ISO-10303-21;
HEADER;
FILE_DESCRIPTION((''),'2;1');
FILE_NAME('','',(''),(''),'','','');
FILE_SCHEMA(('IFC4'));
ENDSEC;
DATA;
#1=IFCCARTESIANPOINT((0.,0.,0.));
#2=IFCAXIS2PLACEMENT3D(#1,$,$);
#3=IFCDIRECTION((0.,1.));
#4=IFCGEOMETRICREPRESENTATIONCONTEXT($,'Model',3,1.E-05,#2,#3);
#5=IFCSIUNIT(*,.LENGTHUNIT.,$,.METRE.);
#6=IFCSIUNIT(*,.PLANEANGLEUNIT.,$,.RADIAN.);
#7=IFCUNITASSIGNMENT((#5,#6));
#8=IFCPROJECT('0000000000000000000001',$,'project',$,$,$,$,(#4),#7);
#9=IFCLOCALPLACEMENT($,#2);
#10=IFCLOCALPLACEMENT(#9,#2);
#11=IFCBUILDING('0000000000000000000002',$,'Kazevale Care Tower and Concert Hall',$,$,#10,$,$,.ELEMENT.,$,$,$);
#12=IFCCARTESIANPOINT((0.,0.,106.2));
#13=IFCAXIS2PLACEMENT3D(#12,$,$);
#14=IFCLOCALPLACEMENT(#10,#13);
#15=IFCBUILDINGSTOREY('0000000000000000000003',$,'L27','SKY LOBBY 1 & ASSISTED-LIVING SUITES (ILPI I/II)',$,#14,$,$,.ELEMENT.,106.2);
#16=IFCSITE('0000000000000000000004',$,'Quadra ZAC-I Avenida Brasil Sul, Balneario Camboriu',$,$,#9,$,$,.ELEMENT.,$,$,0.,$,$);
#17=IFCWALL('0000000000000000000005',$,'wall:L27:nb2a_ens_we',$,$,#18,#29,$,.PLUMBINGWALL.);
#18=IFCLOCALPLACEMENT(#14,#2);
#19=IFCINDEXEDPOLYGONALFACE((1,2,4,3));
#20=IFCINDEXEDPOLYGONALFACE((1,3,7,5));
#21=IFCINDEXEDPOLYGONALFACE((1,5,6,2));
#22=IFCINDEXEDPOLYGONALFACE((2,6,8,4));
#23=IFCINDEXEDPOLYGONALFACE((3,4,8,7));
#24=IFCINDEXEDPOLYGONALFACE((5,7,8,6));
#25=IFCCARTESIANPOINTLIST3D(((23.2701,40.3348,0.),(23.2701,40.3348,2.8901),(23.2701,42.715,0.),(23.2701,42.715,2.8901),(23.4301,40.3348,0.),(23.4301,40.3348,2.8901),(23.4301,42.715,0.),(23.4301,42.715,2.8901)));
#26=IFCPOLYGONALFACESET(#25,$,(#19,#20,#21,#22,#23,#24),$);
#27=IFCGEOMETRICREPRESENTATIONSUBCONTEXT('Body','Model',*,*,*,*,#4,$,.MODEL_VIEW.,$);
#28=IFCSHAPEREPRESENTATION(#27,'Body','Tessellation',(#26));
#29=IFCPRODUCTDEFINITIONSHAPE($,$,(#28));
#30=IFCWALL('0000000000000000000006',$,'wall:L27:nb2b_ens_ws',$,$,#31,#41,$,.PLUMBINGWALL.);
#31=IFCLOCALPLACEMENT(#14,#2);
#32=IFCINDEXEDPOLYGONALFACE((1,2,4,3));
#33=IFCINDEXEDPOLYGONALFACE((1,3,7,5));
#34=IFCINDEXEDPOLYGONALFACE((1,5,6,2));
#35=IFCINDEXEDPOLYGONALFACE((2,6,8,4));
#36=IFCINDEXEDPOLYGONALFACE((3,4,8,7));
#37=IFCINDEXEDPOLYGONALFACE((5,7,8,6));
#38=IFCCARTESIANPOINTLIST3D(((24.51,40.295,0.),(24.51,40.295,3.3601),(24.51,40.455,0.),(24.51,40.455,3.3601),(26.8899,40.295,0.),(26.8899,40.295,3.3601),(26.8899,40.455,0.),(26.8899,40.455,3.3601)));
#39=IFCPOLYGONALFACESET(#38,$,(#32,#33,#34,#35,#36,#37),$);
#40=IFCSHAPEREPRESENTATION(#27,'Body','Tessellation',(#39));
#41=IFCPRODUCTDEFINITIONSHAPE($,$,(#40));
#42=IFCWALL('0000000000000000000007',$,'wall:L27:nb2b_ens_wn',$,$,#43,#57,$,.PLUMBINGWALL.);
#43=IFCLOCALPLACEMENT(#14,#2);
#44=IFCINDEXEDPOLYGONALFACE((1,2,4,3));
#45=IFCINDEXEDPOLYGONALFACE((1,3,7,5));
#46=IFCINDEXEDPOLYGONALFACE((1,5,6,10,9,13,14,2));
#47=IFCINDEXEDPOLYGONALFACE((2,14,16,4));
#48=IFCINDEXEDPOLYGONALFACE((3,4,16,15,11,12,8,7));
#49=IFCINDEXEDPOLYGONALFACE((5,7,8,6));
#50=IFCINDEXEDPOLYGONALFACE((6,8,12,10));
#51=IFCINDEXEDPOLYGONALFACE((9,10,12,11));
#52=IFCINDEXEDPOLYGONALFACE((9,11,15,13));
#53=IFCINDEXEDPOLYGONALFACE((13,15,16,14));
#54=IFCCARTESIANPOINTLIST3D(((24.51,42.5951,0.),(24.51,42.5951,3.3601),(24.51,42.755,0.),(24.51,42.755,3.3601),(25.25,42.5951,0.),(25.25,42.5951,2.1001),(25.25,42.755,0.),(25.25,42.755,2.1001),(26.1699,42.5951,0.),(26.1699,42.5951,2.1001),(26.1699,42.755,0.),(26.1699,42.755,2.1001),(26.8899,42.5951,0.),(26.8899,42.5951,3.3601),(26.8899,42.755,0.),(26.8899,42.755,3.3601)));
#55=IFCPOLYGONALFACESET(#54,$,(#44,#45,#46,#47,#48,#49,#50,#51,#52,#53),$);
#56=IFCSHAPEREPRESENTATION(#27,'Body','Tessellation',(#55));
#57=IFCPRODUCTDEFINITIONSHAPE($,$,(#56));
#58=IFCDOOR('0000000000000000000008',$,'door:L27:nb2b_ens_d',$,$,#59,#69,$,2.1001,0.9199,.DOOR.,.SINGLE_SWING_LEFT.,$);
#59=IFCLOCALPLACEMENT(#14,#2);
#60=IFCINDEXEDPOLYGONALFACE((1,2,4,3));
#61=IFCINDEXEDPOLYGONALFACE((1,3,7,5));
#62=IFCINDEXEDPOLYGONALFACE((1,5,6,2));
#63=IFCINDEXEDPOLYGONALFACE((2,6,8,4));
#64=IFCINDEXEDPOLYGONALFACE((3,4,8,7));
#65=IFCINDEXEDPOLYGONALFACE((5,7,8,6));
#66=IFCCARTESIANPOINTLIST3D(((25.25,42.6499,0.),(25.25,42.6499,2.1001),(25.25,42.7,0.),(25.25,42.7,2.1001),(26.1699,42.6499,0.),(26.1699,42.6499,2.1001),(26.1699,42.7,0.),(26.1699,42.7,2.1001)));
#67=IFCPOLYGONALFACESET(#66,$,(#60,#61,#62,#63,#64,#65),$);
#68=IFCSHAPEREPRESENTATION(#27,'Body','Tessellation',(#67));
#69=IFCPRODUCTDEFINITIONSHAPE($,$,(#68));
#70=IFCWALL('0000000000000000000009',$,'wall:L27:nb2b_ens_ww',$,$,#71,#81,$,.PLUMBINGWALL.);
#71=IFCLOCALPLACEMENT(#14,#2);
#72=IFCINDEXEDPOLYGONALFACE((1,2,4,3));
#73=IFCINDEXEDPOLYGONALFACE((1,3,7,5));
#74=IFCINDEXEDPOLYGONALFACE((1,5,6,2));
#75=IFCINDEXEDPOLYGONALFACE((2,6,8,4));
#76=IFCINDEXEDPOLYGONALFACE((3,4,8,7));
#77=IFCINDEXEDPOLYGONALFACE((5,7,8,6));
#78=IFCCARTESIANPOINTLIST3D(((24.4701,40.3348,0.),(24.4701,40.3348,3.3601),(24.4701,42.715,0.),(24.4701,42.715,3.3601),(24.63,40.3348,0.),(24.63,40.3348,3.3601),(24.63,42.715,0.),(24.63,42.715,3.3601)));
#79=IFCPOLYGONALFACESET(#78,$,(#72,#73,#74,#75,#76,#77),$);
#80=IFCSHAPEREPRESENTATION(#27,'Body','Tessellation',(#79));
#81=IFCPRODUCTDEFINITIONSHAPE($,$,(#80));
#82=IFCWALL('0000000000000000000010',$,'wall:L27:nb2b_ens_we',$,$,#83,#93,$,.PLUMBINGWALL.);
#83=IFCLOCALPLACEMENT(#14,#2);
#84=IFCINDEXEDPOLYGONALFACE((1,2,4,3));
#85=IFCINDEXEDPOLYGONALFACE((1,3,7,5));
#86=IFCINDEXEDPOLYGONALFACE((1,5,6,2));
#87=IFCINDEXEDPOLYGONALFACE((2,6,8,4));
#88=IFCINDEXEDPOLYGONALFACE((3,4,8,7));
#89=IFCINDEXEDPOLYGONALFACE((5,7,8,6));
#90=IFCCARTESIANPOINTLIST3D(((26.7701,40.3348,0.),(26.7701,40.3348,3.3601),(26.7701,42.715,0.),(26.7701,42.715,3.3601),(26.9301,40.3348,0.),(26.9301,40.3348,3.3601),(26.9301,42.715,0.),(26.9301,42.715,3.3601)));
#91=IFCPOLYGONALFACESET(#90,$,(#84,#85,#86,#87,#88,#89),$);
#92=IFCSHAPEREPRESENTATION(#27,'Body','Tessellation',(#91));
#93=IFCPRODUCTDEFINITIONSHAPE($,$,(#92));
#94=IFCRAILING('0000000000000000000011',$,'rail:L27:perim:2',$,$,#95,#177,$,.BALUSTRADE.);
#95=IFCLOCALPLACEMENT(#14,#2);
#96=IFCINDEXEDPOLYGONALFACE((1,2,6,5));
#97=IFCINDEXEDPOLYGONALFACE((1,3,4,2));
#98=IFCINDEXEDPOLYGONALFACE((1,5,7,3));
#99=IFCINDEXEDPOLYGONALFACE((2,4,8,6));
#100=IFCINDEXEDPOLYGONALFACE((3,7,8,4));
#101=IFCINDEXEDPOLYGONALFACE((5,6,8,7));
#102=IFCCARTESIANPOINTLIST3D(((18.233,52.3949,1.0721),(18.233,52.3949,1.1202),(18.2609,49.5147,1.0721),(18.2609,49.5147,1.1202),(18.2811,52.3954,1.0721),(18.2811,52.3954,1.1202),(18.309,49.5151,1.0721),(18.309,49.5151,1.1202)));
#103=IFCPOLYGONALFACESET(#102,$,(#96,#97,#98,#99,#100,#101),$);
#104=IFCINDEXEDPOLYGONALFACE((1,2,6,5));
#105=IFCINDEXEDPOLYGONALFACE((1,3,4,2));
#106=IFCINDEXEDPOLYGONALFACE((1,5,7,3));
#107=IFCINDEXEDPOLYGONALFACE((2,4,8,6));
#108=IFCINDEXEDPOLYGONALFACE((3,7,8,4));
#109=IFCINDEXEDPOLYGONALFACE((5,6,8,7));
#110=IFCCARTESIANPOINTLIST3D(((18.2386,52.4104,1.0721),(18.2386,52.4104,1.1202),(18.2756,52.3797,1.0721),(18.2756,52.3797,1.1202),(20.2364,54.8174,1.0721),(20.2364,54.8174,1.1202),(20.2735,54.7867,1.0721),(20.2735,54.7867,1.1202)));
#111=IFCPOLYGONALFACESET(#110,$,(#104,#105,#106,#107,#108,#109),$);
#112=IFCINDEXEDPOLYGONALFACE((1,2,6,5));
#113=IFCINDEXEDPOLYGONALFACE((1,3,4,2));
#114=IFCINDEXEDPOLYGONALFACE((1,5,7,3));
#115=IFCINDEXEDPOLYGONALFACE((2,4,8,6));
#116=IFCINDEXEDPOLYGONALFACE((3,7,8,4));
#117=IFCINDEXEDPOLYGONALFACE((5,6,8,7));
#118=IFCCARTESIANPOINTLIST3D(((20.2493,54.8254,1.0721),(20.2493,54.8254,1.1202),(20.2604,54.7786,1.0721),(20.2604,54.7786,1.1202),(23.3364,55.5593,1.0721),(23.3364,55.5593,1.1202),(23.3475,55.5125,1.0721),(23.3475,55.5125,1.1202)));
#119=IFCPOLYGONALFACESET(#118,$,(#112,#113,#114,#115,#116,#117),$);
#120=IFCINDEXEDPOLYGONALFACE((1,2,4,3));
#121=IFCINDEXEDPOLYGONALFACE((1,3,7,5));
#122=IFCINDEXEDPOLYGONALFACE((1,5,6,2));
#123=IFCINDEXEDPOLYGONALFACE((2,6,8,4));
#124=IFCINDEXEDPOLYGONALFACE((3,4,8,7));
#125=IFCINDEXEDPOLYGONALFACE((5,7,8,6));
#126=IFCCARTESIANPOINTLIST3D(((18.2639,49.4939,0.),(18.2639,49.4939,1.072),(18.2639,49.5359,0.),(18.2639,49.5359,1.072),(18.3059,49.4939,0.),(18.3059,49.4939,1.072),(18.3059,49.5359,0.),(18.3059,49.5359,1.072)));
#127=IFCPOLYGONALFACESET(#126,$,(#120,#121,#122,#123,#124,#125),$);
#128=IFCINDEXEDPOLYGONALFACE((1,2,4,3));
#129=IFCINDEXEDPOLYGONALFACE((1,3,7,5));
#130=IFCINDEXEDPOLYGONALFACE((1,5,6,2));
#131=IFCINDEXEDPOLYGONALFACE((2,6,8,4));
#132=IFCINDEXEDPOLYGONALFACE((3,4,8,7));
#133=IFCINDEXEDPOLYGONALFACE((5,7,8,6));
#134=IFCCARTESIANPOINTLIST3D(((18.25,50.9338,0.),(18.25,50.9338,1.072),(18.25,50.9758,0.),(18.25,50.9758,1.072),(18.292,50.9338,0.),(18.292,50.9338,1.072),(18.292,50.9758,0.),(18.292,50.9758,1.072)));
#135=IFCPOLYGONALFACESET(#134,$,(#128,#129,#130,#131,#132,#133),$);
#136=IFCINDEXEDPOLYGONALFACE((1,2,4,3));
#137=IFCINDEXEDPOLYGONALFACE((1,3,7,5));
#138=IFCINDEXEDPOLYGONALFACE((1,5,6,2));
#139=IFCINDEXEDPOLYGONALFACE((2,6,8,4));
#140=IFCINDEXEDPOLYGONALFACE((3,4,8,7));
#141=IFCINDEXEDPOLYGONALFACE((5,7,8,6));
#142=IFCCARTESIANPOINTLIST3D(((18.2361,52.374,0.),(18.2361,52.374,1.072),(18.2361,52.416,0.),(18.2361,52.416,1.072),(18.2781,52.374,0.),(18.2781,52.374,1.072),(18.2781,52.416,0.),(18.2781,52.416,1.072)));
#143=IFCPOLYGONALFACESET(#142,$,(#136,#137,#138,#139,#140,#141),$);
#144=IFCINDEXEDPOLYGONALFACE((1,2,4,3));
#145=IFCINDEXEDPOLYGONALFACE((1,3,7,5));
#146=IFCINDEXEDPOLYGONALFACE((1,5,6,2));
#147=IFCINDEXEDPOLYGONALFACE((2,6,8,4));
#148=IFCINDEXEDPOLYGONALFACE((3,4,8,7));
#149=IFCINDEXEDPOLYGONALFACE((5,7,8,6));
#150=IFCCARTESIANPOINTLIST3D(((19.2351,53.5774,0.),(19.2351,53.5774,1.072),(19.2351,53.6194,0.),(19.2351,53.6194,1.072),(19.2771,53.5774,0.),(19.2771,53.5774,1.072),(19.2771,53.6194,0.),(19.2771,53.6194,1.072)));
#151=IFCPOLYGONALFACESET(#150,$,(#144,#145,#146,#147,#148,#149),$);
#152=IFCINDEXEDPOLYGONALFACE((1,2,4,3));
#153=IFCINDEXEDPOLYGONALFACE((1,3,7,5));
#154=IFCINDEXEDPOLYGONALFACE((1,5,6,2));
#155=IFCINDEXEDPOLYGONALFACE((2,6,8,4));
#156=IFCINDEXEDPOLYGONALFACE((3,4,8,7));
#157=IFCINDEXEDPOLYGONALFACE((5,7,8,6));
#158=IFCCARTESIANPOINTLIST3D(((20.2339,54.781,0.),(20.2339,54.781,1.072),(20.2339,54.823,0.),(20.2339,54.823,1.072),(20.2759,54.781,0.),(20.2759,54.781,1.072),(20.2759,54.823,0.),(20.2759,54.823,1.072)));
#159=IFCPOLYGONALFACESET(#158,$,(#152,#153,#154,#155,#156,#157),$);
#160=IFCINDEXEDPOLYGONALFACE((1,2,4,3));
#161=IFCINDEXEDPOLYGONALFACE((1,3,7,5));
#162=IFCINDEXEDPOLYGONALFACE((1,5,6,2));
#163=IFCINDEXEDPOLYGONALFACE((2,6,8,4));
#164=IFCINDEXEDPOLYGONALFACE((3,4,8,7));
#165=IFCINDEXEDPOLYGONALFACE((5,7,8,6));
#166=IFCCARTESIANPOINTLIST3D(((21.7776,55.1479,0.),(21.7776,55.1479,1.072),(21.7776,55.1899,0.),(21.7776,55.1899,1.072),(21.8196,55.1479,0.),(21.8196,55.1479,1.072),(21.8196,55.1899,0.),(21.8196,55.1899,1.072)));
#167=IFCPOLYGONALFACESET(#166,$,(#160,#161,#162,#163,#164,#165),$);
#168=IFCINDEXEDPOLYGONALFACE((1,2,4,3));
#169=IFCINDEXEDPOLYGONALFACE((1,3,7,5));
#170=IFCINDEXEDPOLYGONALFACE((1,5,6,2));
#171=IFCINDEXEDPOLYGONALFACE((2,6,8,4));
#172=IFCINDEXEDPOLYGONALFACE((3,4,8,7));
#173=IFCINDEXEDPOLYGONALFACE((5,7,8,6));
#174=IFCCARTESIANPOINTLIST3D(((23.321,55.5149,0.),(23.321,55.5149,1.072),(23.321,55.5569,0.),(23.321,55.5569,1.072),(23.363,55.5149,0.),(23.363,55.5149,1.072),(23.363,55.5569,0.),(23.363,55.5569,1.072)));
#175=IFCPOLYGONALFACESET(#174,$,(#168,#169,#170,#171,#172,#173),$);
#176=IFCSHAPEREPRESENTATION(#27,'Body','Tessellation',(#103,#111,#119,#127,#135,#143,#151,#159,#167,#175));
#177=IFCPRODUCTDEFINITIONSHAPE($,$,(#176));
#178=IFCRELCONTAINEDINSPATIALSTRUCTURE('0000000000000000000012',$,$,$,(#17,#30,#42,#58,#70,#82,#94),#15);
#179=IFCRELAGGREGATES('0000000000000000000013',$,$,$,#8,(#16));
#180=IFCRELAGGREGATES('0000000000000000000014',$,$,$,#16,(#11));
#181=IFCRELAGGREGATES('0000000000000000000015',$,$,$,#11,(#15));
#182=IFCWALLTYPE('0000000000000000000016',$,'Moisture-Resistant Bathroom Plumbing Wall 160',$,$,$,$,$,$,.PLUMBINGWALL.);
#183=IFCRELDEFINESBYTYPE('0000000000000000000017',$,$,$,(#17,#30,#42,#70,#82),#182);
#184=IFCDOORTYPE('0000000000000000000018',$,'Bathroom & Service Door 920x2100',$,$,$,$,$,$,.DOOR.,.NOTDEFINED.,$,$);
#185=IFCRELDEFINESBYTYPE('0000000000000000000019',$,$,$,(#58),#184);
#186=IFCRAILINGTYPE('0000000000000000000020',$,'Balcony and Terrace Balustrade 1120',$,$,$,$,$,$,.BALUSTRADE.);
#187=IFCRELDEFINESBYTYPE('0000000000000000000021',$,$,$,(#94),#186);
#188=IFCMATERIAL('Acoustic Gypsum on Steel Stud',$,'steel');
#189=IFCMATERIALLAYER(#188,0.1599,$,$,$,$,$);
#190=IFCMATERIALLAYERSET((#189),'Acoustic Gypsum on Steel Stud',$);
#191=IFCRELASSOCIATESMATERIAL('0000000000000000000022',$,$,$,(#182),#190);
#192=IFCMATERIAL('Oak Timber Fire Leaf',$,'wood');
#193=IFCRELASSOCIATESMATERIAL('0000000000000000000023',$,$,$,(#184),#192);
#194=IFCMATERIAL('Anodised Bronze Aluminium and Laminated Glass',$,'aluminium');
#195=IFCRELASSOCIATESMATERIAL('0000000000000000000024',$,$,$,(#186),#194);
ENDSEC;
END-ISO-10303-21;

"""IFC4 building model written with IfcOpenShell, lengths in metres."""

from ifc_helpers import new_model, si_unit, direction, frame, frame_2d, origin, origin_2d, place, context, subcontext, project, spatial, rectangle, extrude, material, layer, layer_set, type_object, element, fill, save


model = new_model("IFC4")

# Units and contexts
model_context = context("Model", 3, precision=1e-05, world=origin(), true_north=direction((0.0, 1.0)))
body_context = subcontext(model_context, "Body", "Model", "MODEL_VIEW")
ifc_project = project(units=[si_unit("LENGTHUNIT", "METRE"), si_unit("PLANEANGLEUNIT", "RADIAN")], contexts=[model_context])

# Site, building, storey
site_placement = place(None, origin())
site = spatial("IfcSite", under=ifc_project, at=site_placement, Name="Quadra ZAC-I Avenida Brasil Sul, Balneario Camboriu", CompositionType="ELEMENT", RefElevation=0.0)
building_placement = place(site_placement, origin())
building = spatial("IfcBuilding", under=site, at=building_placement, Name="Kazevale Care Tower and Concert Hall", CompositionType="ELEMENT")
storey_placement = place(building_placement, frame((0.0, 0.0, 106.2)))
storey = spatial("IfcBuildingStorey", under=building, at=storey_placement, Name="L27", Description="SKY LOBBY 1 & ASSISTED-LIVING SUITES (ILPI I/II)", CompositionType="ELEMENT", Elevation=106.2)

# Shared definitions
ifc_material_1 = material(Name="Acoustic Gypsum on Steel Stud", Category="steel")
ifc_layer_1 = layer(ifc_material_1, 0.1599)
ifc_layer_set_1 = layer_set([ifc_layer_1], Name="Acoustic Gypsum on Steel Stud")
wall_type_1 = type_object("IfcWallType", Name="Moisture-Resistant Bathroom Plumbing Wall 160", PredefinedType="PLUMBINGWALL", material=ifc_layer_set_1)

# Shared definitions
ifc_material_2 = material(Name="Oak Timber Fire Leaf", Category="wood")
door_type = type_object("IfcDoorType", Name="Bathroom & Service Door 920x2100", OperationType="NOTDEFINED", PredefinedType="DOOR", material=ifc_material_2)

# Walls
wall_1_placement = place(storey_placement, frame((23.3501, 40.335, 0.0), z_axis=(0.0, 0.0, 1.0), x_axis=(0.0, 1.0, 0.0)))
element("IfcWall", 1, at=wall_1_placement, inside=storey, type_object=wall_type_1, Name="wall:L27:nb2a_ens_we", PredefinedType="PLUMBINGWALL", context=body_context, shape_type="SweptSolid", body=[
    extrude(rectangle(XDim=2.3801, YDim=0.1599, at=frame_2d((1.1899, 0.0))), origin(), (0.0, 0.0, 1.0), 2.8901),
])
wall_2_placement = place(storey_placement, frame((24.51, 40.375, 0.0), z_axis=(0.0, 0.0, 1.0), x_axis=(1.0, 0.0, 0.0)))
element("IfcWall", 2, at=wall_2_placement, inside=storey, type_object=wall_type_1, Name="wall:L27:nb2b_ens_ws", PredefinedType="PLUMBINGWALL", context=body_context, shape_type="SweptSolid", body=[
    extrude(rectangle(XDim=2.3799, YDim=0.1599, at=frame_2d((1.1899, 0.0))), origin(), (0.0, 0.0, 1.0), 3.3601),
])

# Wall, opening, door
wall_3_placement = place(storey_placement, frame((24.51, 42.675, 0.0), z_axis=(0.0, 0.0, 1.0), x_axis=(1.0, 0.0, 0.0)))
wall_3 = element("IfcWall", 3, at=wall_3_placement, inside=storey, type_object=wall_type_1, Name="wall:L27:nb2b_ens_wn", PredefinedType="PLUMBINGWALL", context=body_context, shape_type="SweptSolid", body=[
    extrude(rectangle(XDim=2.3799, YDim=0.1599, at=frame_2d((1.1899, 0.0))), origin(), (0.0, 0.0, 1.0), 3.3601),
])
opening_1_placement = place(wall_3_placement, frame((0.74, 0.0, 0.0)))
opening_1 = element("IfcOpeningElement", 4, at=opening_1_placement, cuts=wall_3, PredefinedType="OPENING", context=body_context, shape_type="SweptSolid", body=[
    extrude(rectangle(XDim=0.9199, YDim=2.1001, at=frame_2d((0.46, 1.05))), frame((0.0, 0.0898, 0.0), z_axis=(0.0, -1.0, 0.0), x_axis=(1.0, 0.0, 0.0)), (0.0, 0.0, 1.0), 0.1799),
])
door_1_placement = place(opening_1_placement, origin())
door_1 = element("IfcDoor", 5, at=door_1_placement, inside=storey, type_object=door_type, Name="door:L27:nb2b_ens_d", OperationType="SINGLE_SWING_LEFT", OverallHeight=2.1001, OverallWidth=0.9199, PredefinedType="DOOR", context=body_context, shape_type="SweptSolid", body=[
    extrude(rectangle(XDim=0.9199, YDim=2.1001, at=frame_2d((0.46, 1.05))), frame((0.0, 0.0249, 0.0), z_axis=(0.0, -1.0, 0.0), x_axis=(1.0, 0.0, 0.0)), (0.0, 0.0, 1.0), 0.05),
])
fill(opening_1, door_1)

# Walls
for number, where, z_axis, x_axis, name in (
    (6, (24.55, 40.335, 0.0), (0.0, 0.0, 1.0), (0.0, 1.0, 0.0), "wall:L27:nb2b_ens_ww"),
    (7, (26.8501, 40.335, 0.0), (0.0, 0.0, 1.0), (0.0, 1.0, 0.0), "wall:L27:nb2b_ens_we"),
):
    element("IfcWall", number, at=place(storey_placement, frame(where, z_axis=z_axis, x_axis=x_axis)), inside=storey, type_object=wall_type_1, Name=name, PredefinedType="PLUMBINGWALL", context=body_context, shape_type="SweptSolid", body=[
        extrude(rectangle(XDim=2.3801, YDim=0.1599, at=frame_2d((1.1899, 0.0))), origin(), (0.0, 0.0, 1.0), 3.3601),
    ])

# Railing
ifc_material_3 = material(Name="Anodised Bronze Aluminium and Laminated Glass", Category="aluminium")
railing_type = type_object("IfcRailingType", Name="Balcony and Terrace Balustrade 1120", PredefinedType="BALUSTRADE", material=ifc_material_3)
railing_1_placement = place(storey_placement, frame((18.2849, 49.5149, 0.0)))
element("IfcRailing", 8, at=railing_1_placement, inside=storey, type_object=railing_type, Name="rail:L27:perim:2", PredefinedType="BALUSTRADE", context=body_context, shape_type="SweptSolid", body=[
    extrude(rectangle(XDim=0.0481, YDim=0.0481, at=origin_2d()), frame((0.0, 0.0, 1.0962), z_axis=(-0.009663, 0.999953, 0.0), x_axis=(-0.999953, -0.009663, 0.0)), (0.0, 0.0, 1.0), 2.8804),
    extrude(rectangle(XDim=0.0481, YDim=0.0481, at=origin_2d()), frame((-0.0278, 2.8801, 1.0962), z_axis=(0.638671, 0.76948, 0.0), x_axis=(-0.76948, 0.638671, 0.0)), (0.0, 0.0, 1.0), 3.1282),
    extrude(rectangle(XDim=0.0481, YDim=0.0481, at=origin_2d()), frame((1.97, 5.2871, 1.0962), z_axis=(0.972888, 0.231277, 0.0), x_axis=(-0.231277, 0.972888, 0.0)), (0.0, 0.0, 1.0), 3.1731),
    extrude(rectangle(XDim=0.042, YDim=0.042, at=origin_2d()), origin(), (0.0, 0.0, 1.0), 1.072),
    extrude(rectangle(XDim=0.042, YDim=0.042, at=origin_2d()), frame((-0.0139, 1.4399, 0.0)), (0.0, 0.0, 1.0), 1.072),
    extrude(rectangle(XDim=0.042, YDim=0.042, at=origin_2d()), frame((-0.0278, 2.8801, 0.0)), (0.0, 0.0, 1.0), 1.072),
    extrude(rectangle(XDim=0.042, YDim=0.042, at=origin_2d()), frame((0.9712, 4.0835, 0.0)), (0.0, 0.0, 1.0), 1.072),
    extrude(rectangle(XDim=0.042, YDim=0.042, at=origin_2d()), frame((1.97, 5.2871, 0.0)), (0.0, 0.0, 1.0), 1.072),
    extrude(rectangle(XDim=0.042, YDim=0.042, at=origin_2d()), frame((3.5137, 5.6541, 0.0)), (0.0, 0.0, 1.0), 1.072),
    extrude(rectangle(XDim=0.042, YDim=0.042, at=origin_2d()), frame((5.0571, 6.021, 0.0)), (0.0, 0.0, 1.0), 1.072),
])

save(model, "model.ifc")
